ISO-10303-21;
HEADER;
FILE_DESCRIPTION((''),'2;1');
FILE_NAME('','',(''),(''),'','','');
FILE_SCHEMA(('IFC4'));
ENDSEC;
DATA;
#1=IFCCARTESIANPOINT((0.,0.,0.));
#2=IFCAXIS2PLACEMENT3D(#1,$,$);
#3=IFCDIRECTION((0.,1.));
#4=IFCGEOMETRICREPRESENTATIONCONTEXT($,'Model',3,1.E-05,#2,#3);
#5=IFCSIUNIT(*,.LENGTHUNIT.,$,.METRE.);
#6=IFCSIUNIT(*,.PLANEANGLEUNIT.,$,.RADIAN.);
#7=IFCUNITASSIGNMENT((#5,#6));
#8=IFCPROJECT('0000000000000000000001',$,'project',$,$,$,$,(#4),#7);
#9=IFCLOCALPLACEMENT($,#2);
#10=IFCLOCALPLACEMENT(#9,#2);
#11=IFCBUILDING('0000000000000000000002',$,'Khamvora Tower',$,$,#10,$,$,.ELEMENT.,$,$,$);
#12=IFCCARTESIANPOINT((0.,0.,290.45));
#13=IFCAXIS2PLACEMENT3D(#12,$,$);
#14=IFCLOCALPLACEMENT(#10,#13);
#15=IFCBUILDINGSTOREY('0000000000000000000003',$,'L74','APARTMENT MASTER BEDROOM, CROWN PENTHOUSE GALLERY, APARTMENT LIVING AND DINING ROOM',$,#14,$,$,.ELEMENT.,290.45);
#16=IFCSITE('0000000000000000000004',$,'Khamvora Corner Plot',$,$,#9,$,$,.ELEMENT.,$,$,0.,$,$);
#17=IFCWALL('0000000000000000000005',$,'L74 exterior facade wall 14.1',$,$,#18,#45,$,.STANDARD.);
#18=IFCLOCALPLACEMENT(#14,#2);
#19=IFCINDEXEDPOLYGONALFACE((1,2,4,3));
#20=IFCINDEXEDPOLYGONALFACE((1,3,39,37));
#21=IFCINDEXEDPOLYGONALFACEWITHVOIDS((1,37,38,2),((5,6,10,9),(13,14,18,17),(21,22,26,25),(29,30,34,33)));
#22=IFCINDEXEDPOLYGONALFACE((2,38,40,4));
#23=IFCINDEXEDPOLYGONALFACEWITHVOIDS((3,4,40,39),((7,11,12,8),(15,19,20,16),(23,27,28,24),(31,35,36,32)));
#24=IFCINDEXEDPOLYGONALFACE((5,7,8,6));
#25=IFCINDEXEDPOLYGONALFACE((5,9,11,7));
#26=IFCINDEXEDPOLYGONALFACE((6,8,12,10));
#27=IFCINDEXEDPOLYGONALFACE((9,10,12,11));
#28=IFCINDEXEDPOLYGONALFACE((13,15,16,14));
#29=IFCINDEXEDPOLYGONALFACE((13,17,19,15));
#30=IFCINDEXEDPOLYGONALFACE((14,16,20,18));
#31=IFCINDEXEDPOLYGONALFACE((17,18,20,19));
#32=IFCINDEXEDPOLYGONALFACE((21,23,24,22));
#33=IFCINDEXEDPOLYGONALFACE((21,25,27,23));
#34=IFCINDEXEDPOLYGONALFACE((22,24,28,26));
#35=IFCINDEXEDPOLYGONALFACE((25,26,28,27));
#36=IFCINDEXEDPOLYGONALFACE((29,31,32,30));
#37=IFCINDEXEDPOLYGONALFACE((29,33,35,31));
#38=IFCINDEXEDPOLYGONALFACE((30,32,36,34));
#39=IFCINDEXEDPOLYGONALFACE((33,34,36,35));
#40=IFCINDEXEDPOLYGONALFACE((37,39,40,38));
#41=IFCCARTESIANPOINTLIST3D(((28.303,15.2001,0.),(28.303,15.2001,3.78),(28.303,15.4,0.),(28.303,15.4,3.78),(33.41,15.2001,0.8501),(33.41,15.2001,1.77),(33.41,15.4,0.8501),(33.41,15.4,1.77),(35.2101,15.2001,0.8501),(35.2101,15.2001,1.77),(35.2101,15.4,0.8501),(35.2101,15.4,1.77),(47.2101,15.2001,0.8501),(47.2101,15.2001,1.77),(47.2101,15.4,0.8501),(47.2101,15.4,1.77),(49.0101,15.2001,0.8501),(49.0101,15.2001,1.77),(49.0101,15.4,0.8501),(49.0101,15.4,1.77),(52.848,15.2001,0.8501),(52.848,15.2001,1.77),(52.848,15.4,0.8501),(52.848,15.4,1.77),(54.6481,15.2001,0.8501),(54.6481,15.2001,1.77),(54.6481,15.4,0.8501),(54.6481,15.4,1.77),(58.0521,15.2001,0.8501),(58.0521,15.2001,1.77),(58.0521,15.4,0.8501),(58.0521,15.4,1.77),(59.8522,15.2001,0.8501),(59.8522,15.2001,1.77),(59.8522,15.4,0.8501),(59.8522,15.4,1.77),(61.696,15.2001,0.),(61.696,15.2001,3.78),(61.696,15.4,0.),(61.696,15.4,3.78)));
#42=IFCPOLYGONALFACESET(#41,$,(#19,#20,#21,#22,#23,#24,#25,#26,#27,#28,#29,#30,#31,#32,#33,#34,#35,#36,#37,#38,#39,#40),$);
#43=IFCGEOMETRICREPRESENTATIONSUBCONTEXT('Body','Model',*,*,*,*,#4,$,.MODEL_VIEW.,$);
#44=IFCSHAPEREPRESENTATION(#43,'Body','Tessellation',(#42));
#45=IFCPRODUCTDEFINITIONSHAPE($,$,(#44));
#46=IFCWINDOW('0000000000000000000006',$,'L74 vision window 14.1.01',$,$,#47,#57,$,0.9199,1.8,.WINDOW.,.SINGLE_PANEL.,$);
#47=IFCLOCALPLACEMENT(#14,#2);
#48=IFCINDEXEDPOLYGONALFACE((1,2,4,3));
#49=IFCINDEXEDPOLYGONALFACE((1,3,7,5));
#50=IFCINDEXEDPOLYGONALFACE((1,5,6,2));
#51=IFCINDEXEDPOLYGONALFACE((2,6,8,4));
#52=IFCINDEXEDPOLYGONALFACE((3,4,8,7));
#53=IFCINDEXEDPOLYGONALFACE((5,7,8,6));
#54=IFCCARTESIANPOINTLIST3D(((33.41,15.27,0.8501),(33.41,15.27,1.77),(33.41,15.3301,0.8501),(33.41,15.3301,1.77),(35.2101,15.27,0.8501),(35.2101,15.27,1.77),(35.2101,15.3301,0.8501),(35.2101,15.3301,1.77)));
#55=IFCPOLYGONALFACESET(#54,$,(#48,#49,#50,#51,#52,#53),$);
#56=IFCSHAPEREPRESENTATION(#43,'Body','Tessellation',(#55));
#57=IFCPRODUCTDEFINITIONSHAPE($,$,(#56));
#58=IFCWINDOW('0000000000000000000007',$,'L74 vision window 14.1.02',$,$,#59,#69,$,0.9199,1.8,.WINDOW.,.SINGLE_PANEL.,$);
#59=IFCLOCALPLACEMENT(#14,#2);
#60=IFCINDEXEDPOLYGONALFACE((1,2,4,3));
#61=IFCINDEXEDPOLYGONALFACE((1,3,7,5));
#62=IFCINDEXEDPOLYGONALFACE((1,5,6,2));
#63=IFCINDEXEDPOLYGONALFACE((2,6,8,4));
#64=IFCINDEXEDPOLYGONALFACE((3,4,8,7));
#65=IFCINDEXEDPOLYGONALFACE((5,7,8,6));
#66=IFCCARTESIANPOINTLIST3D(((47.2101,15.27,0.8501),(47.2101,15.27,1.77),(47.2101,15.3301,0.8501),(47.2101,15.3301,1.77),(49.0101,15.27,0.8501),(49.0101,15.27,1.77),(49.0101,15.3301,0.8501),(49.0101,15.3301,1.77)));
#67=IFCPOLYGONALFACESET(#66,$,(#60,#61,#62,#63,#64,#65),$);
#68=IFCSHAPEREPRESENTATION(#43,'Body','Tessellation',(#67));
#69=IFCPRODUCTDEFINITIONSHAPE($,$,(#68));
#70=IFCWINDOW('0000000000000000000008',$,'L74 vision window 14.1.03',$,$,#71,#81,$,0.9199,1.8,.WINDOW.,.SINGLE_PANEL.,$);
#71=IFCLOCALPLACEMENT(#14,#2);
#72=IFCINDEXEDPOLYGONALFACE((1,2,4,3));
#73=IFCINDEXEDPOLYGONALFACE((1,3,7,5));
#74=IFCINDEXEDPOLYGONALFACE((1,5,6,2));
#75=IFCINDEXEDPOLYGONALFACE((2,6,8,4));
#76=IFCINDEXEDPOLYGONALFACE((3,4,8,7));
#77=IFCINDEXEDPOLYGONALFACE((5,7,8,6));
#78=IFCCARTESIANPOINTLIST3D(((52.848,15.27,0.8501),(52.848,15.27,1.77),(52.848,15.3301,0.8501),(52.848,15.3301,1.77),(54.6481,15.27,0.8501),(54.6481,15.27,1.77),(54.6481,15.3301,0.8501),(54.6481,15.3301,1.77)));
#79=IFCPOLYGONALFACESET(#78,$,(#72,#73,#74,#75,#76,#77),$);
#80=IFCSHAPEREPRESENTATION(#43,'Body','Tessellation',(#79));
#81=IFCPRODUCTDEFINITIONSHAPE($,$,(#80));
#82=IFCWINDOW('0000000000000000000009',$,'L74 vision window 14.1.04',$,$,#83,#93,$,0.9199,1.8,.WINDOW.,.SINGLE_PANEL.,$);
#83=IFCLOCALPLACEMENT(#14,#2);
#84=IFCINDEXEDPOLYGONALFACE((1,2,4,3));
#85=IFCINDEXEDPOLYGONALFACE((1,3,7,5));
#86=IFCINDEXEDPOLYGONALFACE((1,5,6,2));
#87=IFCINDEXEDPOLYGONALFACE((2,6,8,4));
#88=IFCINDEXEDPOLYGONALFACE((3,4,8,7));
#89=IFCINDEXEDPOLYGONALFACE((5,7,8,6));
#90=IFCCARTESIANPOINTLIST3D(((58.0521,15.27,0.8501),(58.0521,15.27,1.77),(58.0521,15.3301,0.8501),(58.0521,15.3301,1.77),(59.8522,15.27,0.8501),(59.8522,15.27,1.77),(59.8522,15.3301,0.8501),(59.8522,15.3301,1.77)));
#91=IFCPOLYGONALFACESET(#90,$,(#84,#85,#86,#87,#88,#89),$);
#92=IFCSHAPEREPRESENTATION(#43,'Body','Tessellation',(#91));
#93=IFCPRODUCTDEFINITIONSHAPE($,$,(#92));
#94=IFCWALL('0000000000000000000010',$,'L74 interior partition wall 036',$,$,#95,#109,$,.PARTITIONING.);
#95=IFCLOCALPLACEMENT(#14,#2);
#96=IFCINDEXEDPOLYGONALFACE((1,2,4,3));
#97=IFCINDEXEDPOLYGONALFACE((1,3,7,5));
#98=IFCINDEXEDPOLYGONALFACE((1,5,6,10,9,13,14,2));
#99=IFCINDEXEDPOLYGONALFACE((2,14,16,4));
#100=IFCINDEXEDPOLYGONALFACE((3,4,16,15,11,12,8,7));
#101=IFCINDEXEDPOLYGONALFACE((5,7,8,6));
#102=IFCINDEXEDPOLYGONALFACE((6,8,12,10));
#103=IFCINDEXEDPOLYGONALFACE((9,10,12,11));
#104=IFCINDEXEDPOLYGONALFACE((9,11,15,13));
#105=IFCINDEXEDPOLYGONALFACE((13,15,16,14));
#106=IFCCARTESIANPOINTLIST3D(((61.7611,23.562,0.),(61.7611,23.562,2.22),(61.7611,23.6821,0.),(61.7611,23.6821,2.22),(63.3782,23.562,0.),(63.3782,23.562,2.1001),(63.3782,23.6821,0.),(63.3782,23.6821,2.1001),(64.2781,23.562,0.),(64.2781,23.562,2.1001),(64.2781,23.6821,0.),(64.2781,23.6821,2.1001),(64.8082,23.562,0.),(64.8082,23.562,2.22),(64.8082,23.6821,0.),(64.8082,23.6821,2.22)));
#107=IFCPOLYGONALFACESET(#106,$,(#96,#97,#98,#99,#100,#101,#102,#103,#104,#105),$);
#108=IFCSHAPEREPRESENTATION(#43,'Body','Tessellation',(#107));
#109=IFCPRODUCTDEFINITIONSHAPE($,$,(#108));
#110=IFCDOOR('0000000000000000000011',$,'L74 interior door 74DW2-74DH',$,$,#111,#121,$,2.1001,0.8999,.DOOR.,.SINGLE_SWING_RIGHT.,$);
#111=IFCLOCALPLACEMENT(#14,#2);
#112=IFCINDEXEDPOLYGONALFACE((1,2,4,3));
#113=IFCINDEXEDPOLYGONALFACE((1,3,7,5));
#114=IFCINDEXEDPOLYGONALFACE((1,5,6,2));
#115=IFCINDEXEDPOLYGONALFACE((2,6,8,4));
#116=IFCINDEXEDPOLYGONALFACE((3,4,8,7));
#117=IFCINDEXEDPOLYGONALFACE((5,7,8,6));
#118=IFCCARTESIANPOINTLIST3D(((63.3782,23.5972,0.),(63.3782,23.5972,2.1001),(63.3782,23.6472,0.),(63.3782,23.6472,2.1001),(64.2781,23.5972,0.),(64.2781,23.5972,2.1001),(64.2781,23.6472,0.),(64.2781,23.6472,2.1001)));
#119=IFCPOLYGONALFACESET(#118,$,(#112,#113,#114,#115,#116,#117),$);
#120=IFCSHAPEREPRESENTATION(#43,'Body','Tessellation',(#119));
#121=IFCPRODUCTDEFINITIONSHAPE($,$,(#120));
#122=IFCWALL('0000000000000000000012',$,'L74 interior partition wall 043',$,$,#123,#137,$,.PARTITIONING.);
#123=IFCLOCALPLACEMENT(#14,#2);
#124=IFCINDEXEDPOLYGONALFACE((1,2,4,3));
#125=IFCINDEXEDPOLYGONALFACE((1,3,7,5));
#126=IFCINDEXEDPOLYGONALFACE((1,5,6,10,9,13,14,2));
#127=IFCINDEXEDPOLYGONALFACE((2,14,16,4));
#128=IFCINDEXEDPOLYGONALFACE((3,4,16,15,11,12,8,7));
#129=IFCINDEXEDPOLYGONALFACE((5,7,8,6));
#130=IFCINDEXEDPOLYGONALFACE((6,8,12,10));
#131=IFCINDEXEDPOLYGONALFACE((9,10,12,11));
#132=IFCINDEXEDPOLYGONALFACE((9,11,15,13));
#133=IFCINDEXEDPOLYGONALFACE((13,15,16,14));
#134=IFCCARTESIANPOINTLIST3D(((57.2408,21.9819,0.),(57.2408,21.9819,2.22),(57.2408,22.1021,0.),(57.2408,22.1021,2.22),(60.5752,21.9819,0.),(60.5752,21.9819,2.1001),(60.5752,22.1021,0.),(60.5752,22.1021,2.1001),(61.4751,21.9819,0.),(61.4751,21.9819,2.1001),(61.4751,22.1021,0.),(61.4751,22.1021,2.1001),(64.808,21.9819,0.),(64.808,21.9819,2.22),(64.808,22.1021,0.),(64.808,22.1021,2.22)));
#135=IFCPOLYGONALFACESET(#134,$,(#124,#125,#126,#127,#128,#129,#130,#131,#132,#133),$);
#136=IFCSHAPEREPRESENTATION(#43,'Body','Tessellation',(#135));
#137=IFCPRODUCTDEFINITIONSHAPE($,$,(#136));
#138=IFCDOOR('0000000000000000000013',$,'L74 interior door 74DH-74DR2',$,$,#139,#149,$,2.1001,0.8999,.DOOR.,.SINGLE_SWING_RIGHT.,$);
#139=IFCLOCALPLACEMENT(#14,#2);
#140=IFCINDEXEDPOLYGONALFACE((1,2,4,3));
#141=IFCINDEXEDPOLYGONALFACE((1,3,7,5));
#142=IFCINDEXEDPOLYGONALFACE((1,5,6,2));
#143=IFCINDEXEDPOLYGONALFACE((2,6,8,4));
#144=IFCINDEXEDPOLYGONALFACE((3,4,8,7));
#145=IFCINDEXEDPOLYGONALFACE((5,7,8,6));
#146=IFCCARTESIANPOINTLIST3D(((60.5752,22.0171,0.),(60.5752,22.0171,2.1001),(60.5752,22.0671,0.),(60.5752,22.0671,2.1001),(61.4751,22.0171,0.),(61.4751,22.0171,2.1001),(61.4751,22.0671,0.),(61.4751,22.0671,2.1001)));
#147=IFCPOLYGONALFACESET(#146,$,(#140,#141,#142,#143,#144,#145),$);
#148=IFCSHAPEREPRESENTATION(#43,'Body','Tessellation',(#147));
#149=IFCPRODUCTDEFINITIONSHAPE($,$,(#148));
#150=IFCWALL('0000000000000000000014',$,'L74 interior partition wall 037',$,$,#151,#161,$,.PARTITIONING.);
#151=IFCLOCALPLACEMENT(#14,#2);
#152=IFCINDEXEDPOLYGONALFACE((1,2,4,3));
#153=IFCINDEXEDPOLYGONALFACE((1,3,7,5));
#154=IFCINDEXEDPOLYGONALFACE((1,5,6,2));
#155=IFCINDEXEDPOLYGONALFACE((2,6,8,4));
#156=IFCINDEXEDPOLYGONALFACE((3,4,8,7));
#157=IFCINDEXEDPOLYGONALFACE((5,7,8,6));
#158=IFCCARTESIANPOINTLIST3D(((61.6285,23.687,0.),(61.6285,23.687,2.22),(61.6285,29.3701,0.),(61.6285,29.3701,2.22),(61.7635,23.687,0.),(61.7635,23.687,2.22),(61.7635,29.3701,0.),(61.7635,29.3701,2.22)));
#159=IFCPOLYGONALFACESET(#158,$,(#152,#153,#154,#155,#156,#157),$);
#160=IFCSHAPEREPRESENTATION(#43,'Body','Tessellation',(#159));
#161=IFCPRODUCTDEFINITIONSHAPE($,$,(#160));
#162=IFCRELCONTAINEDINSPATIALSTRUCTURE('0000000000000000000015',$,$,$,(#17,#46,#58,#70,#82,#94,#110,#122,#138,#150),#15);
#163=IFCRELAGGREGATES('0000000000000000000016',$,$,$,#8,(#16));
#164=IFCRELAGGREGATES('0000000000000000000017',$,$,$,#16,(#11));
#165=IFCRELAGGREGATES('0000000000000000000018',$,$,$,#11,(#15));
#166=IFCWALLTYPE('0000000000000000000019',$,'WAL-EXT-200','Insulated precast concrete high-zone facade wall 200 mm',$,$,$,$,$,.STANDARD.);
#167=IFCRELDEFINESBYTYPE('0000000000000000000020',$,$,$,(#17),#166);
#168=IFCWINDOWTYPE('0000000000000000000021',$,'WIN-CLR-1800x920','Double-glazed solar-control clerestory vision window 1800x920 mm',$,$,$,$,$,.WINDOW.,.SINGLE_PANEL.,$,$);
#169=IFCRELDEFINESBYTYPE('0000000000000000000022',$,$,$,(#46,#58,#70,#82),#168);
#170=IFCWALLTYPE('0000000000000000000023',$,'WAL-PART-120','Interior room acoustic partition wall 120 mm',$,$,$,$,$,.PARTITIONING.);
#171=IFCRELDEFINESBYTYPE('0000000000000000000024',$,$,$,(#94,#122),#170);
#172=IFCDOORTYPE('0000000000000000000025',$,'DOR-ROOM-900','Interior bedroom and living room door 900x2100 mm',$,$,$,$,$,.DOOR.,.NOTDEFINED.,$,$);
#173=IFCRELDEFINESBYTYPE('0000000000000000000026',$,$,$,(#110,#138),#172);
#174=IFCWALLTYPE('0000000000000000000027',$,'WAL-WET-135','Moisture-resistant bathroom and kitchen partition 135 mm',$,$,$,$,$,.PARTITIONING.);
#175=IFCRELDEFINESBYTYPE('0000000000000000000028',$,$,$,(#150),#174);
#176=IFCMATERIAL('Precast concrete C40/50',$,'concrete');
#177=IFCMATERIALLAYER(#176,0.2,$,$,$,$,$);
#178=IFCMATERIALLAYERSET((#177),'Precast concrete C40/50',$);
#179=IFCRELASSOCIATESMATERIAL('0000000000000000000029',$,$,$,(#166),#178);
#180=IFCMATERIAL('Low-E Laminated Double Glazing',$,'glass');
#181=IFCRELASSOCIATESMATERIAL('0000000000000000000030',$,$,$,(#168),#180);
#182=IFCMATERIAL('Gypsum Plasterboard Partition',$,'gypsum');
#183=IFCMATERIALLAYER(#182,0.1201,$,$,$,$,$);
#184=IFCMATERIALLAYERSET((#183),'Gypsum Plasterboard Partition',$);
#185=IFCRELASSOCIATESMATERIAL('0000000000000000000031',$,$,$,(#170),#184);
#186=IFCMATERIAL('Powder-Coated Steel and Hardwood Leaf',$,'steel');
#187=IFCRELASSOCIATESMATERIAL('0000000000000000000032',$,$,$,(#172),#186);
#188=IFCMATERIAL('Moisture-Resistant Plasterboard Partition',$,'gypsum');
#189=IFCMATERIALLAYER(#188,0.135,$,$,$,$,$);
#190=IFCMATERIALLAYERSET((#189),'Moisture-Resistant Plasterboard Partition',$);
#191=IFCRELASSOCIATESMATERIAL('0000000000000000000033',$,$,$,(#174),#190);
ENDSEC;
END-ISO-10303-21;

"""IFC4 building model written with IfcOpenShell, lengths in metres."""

from ifc_helpers import new_model, si_unit, direction, frame, frame_2d, origin, place, context, subcontext, project, spatial, rectangle, extrude, material, layer, layer_set, type_object, element, fill, save


model = new_model("IFC4")

# Units and contexts
model_context = context("Model", 3, precision=1e-05, world=origin(), true_north=direction((0.0, 1.0)))
body_context = subcontext(model_context, "Body", "Model", "MODEL_VIEW")
ifc_project = project(units=[si_unit("LENGTHUNIT", "METRE"), si_unit("PLANEANGLEUNIT", "RADIAN")], contexts=[model_context])

# Site, building, storey
site_placement = place(None, origin())
site = spatial("IfcSite", under=ifc_project, at=site_placement, Name="Khamvora Corner Plot", CompositionType="ELEMENT", RefElevation=0.0)
building_placement = place(site_placement, origin())
building = spatial("IfcBuilding", under=site, at=building_placement, Name="Khamvora Tower", CompositionType="ELEMENT")
storey_placement = place(building_placement, frame((0.0, 0.0, 290.45)))
storey = spatial("IfcBuildingStorey", under=building, at=storey_placement, Name="L74", Description="APARTMENT MASTER BEDROOM, CROWN PENTHOUSE GALLERY, APARTMENT LIVING AND DINING ROOM", CompositionType="ELEMENT", Elevation=290.45)

# Shared definitions
ifc_material_1 = material(Name="Precast concrete C40/50", Category="concrete")
ifc_layer_1 = layer(ifc_material_1, 0.2)
ifc_layer_set_1 = layer_set([ifc_layer_1], Name="Precast concrete C40/50")
wall_type_1 = type_object("IfcWallType", Name="WAL-EXT-200", Description="Insulated precast concrete high-zone facade wall 200 mm", PredefinedType="STANDARD", material=ifc_layer_set_1)
ifc_material_2 = material(Name="Low-E Laminated Double Glazing", Category="glass")

# Wall, openings, windows
wall_1_placement = place(storey_placement, frame((61.696, 15.3, 0.0), z_axis=(0.0, 0.0, 1.0), x_axis=(-1.0, 0.0, 0.0)))
wall_1 = element("IfcWall", 1, at=wall_1_placement, inside=storey, type_object=wall_type_1, Name="L74 exterior facade wall 14.1", PredefinedType="STANDARD", context=body_context, shape_type="SweptSolid", body=[
    extrude(rectangle(XDim=33.3931, YDim=0.2, at=frame_2d((16.6965, 0.0))), origin(), (0.0, 0.0, 1.0), 3.78),
])
opening_1_placement = place(wall_1_placement, frame((26.4861, 0.0, 0.8501)))
opening_1 = element("IfcOpeningElement", 2, at=opening_1_placement, cuts=wall_1, PredefinedType="OPENING", context=body_context, shape_type="SweptSolid", body=[
    extrude(rectangle(XDim=1.8, YDim=0.9199, at=frame_2d((0.8999, 0.46))), frame((0.0, 0.1099, 0.0), z_axis=(0.0, -1.0, 0.0), x_axis=(1.0, 0.0, 0.0)), (0.0, 0.0, 1.0), 0.22),
])
opening_2_placement = place(wall_1_placement, frame((12.686, 0.0, 0.8501)))
opening_2 = element("IfcOpeningElement", 3, at=opening_2_placement, cuts=wall_1, PredefinedType="OPENING", context=body_context, shape_type="SweptSolid", body=[
    extrude(rectangle(XDim=1.8, YDim=0.9199, at=frame_2d((0.8999, 0.46))), frame((0.0, 0.1099, 0.0), z_axis=(0.0, -1.0, 0.0), x_axis=(1.0, 0.0, 0.0)), (0.0, 0.0, 1.0), 0.22),
])
opening_3_placement = place(wall_1_placement, frame((7.0481, 0.0, 0.8501)))
opening_3 = element("IfcOpeningElement", 4, at=opening_3_placement, cuts=wall_1, PredefinedType="OPENING", context=body_context, shape_type="SweptSolid", body=[
    extrude(rectangle(XDim=1.8, YDim=0.9199, at=frame_2d((0.8999, 0.46))), frame((0.0, 0.1099, 0.0), z_axis=(0.0, -1.0, 0.0), x_axis=(1.0, 0.0, 0.0)), (0.0, 0.0, 1.0), 0.22),
])
opening_4_placement = place(wall_1_placement, frame((1.844, 0.0, 0.8501)))
opening_4 = element("IfcOpeningElement", 5, at=opening_4_placement, cuts=wall_1, PredefinedType="OPENING", context=body_context, shape_type="SweptSolid", body=[
    extrude(rectangle(XDim=1.8, YDim=0.9199, at=frame_2d((0.8999, 0.46))), frame((0.0, 0.1099, 0.0), z_axis=(0.0, -1.0, 0.0), x_axis=(1.0, 0.0, 0.0)), (0.0, 0.0, 1.0), 0.22),
])
window_type_1 = type_object("IfcWindowType", Name="WIN-CLR-1800x920", Description="Double-glazed solar-control clerestory vision window 1800x920 mm", PartitioningType="SINGLE_PANEL", PredefinedType="WINDOW", material=ifc_material_2)
window_1_placement = place(opening_1_placement, origin())
window_1 = element("IfcWindow", 6, at=window_1_placement, inside=storey, type_object=window_type_1, Name="L74 vision window 14.1.01", OverallHeight=0.9199, OverallWidth=1.8, PartitioningType="SINGLE_PANEL", PredefinedType="WINDOW", context=body_context, shape_type="SweptSolid", body=[
    extrude(rectangle(XDim=1.8, YDim=0.9199, at=frame_2d((0.8999, 0.46))), frame((0.0, 0.03, 0.0), z_axis=(0.0, -1.0, 0.0), x_axis=(1.0, 0.0, 0.0)), (0.0, 0.0, 1.0), 0.0601),
])
fill(opening_1, window_1)
window_2_placement = place(opening_2_placement, origin())
window_2 = element("IfcWindow", 7, at=window_2_placement, inside=storey, type_object=window_type_1, Name="L74 vision window 14.1.02", OverallHeight=0.9199, OverallWidth=1.8, PartitioningType="SINGLE_PANEL", PredefinedType="WINDOW", context=body_context, shape_type="SweptSolid", body=[
    extrude(rectangle(XDim=1.8, YDim=0.9199, at=frame_2d((0.8999, 0.46))), frame((0.0, 0.03, 0.0), z_axis=(0.0, -1.0, 0.0), x_axis=(1.0, 0.0, 0.0)), (0.0, 0.0, 1.0), 0.0601),
])
fill(opening_2, window_2)
window_3_placement = place(opening_3_placement, origin())
window_3 = element("IfcWindow", 8, at=window_3_placement, inside=storey, type_object=window_type_1, Name="L74 vision window 14.1.03", OverallHeight=0.9199, OverallWidth=1.8, PartitioningType="SINGLE_PANEL", PredefinedType="WINDOW", context=body_context, shape_type="SweptSolid", body=[
    extrude(rectangle(XDim=1.8, YDim=0.9199, at=frame_2d((0.8999, 0.46))), frame((0.0, 0.03, 0.0), z_axis=(0.0, -1.0, 0.0), x_axis=(1.0, 0.0, 0.0)), (0.0, 0.0, 1.0), 0.0601),
])
fill(opening_3, window_3)
window_4_placement = place(opening_4_placement, origin())
window_4 = element("IfcWindow", 9, at=window_4_placement, inside=storey, type_object=window_type_1, Name="L74 vision window 14.1.04", OverallHeight=0.9199, OverallWidth=1.8, PartitioningType="SINGLE_PANEL", PredefinedType="WINDOW", context=body_context, shape_type="SweptSolid", body=[
    extrude(rectangle(XDim=1.8, YDim=0.9199, at=frame_2d((0.8999, 0.46))), frame((0.0, 0.03, 0.0), z_axis=(0.0, -1.0, 0.0), x_axis=(1.0, 0.0, 0.0)), (0.0, 0.0, 1.0), 0.0601),
])
fill(opening_4, window_4)

# Walls, openings, doors
ifc_material_3 = material(Name="Gypsum Plasterboard Partition", Category="gypsum")
ifc_layer_2 = layer(ifc_material_3, 0.1201)
ifc_layer_set_2 = layer_set([ifc_layer_2], Name="Gypsum Plasterboard Partition")
wall_type_2 = type_object("IfcWallType", Name="WAL-PART-120", Description="Interior room acoustic partition wall 120 mm", PredefinedType="PARTITIONING", material=ifc_layer_set_2)
wall_2_placement = place(storey_placement, frame((64.8081, 23.6221, 0.0), z_axis=(0.0, 0.0, 1.0), x_axis=(-1.0, 0.0, 0.0)))
wall_2 = element("IfcWall", 10, at=wall_2_placement, inside=storey, type_object=wall_type_2, Name="L74 interior partition wall 036", PredefinedType="PARTITIONING", context=body_context, shape_type="SweptSolid", body=[
    extrude(rectangle(XDim=3.0471, YDim=0.1201, at=frame_2d((1.5234, 0.0))), origin(), (0.0, 0.0, 1.0), 2.22),
])
opening_5_placement = place(wall_2_placement, frame((0.53, 0.0, 0.0)))
opening_5 = element("IfcOpeningElement", 11, at=opening_5_placement, cuts=wall_2, PredefinedType="OPENING", context=body_context, shape_type="SweptSolid", body=[
    extrude(rectangle(XDim=0.8999, YDim=2.1001, at=frame_2d((0.45, 1.05))), frame((0.0, 0.0701, 0.0), z_axis=(0.0, -1.0, 0.0), x_axis=(1.0, 0.0, 0.0)), (0.0, 0.0, 1.0), 0.1401),
])
ifc_material_4 = material(Name="Powder-Coated Steel and Hardwood Leaf", Category="steel")
door_type = type_object("IfcDoorType", Name="DOR-ROOM-900", Description="Interior bedroom and living room door 900x2100 mm", OperationType="NOTDEFINED", PredefinedType="DOOR", material=ifc_material_4)
door_1_placement = place(opening_5_placement, origin())
door_1 = element("IfcDoor", 12, at=door_1_placement, inside=storey, type_object=door_type, Name="L74 interior door 74DW2-74DH", OperationType="SINGLE_SWING_RIGHT", OverallHeight=2.1001, OverallWidth=0.8999, PredefinedType="DOOR", context=body_context, shape_type="SweptSolid", body=[
    extrude(rectangle(XDim=0.8999, YDim=2.1001, at=frame_2d((0.45, 1.05))), frame((0.0, 0.0249, 0.0), z_axis=(0.0, -1.0, 0.0), x_axis=(1.0, 0.0, 0.0)), (0.0, 0.0, 1.0), 0.05),
])
fill(opening_5, door_1)
wall_3_placement = place(storey_placement, frame((64.8081, 22.042, 0.0), z_axis=(0.0, 0.0, 1.0), x_axis=(-1.0, 0.0, 0.0)))
wall_3 = element("IfcWall", 13, at=wall_3_placement, inside=storey, type_object=wall_type_2, Name="L74 interior partition wall 043", PredefinedType="PARTITIONING", context=body_context, shape_type="SweptSolid", body=[
    extrude(rectangle(XDim=7.5671, YDim=0.1201, at=frame_2d((3.7837, 0.0))), origin(), (0.0, 0.0, 1.0), 2.22),
])
opening_6_placement = place(wall_3_placement, frame((3.333, 0.0, 0.0)))
opening_6 = element("IfcOpeningElement", 14, at=opening_6_placement, cuts=wall_3, PredefinedType="OPENING", context=body_context, shape_type="SweptSolid", body=[
    extrude(rectangle(XDim=0.8999, YDim=2.1001, at=frame_2d((0.45, 1.05))), frame((0.0, 0.0701, 0.0), z_axis=(0.0, -1.0, 0.0), x_axis=(1.0, 0.0, 0.0)), (0.0, 0.0, 1.0), 0.1401),
])
door_2_placement = place(opening_6_placement, origin())
door_2 = element("IfcDoor", 15, at=door_2_placement, inside=storey, type_object=door_type, Name="L74 interior door 74DH-74DR2", OperationType="SINGLE_SWING_RIGHT", OverallHeight=2.1001, OverallWidth=0.8999, PredefinedType="DOOR", context=body_context, shape_type="SweptSolid", body=[
    extrude(rectangle(XDim=0.8999, YDim=2.1001, at=frame_2d((0.45, 1.05))), frame((0.0, 0.0249, 0.0), z_axis=(0.0, -1.0, 0.0), x_axis=(1.0, 0.0, 0.0)), (0.0, 0.0, 1.0), 0.05),
])
fill(opening_6, door_2)

# Wall
ifc_material_5 = material(Name="Moisture-Resistant Plasterboard Partition", Category="gypsum")
ifc_layer_3 = layer(ifc_material_5, 0.135)
ifc_layer_set_3 = layer_set([ifc_layer_3], Name="Moisture-Resistant Plasterboard Partition")
wall_type_3 = type_object("IfcWallType", Name="WAL-WET-135", Description="Moisture-resistant bathroom and kitchen partition 135 mm", PredefinedType="PARTITIONING", material=ifc_layer_set_3)
wall_4_placement = place(storey_placement, frame((61.696, 23.687, 0.0), z_axis=(0.0, 0.0, 1.0), x_axis=(0.0, 1.0, 0.0)))
element("IfcWall", 16, at=wall_4_placement, inside=storey, type_object=wall_type_3, Name="L74 interior partition wall 037", PredefinedType="PARTITIONING", context=body_context, shape_type="SweptSolid", body=[
    extrude(rectangle(XDim=5.6831, YDim=0.135, at=frame_2d((2.8416, 0.0))), origin(), (0.0, 0.0, 1.0), 2.22),
])

save(model, "model.ifc")
